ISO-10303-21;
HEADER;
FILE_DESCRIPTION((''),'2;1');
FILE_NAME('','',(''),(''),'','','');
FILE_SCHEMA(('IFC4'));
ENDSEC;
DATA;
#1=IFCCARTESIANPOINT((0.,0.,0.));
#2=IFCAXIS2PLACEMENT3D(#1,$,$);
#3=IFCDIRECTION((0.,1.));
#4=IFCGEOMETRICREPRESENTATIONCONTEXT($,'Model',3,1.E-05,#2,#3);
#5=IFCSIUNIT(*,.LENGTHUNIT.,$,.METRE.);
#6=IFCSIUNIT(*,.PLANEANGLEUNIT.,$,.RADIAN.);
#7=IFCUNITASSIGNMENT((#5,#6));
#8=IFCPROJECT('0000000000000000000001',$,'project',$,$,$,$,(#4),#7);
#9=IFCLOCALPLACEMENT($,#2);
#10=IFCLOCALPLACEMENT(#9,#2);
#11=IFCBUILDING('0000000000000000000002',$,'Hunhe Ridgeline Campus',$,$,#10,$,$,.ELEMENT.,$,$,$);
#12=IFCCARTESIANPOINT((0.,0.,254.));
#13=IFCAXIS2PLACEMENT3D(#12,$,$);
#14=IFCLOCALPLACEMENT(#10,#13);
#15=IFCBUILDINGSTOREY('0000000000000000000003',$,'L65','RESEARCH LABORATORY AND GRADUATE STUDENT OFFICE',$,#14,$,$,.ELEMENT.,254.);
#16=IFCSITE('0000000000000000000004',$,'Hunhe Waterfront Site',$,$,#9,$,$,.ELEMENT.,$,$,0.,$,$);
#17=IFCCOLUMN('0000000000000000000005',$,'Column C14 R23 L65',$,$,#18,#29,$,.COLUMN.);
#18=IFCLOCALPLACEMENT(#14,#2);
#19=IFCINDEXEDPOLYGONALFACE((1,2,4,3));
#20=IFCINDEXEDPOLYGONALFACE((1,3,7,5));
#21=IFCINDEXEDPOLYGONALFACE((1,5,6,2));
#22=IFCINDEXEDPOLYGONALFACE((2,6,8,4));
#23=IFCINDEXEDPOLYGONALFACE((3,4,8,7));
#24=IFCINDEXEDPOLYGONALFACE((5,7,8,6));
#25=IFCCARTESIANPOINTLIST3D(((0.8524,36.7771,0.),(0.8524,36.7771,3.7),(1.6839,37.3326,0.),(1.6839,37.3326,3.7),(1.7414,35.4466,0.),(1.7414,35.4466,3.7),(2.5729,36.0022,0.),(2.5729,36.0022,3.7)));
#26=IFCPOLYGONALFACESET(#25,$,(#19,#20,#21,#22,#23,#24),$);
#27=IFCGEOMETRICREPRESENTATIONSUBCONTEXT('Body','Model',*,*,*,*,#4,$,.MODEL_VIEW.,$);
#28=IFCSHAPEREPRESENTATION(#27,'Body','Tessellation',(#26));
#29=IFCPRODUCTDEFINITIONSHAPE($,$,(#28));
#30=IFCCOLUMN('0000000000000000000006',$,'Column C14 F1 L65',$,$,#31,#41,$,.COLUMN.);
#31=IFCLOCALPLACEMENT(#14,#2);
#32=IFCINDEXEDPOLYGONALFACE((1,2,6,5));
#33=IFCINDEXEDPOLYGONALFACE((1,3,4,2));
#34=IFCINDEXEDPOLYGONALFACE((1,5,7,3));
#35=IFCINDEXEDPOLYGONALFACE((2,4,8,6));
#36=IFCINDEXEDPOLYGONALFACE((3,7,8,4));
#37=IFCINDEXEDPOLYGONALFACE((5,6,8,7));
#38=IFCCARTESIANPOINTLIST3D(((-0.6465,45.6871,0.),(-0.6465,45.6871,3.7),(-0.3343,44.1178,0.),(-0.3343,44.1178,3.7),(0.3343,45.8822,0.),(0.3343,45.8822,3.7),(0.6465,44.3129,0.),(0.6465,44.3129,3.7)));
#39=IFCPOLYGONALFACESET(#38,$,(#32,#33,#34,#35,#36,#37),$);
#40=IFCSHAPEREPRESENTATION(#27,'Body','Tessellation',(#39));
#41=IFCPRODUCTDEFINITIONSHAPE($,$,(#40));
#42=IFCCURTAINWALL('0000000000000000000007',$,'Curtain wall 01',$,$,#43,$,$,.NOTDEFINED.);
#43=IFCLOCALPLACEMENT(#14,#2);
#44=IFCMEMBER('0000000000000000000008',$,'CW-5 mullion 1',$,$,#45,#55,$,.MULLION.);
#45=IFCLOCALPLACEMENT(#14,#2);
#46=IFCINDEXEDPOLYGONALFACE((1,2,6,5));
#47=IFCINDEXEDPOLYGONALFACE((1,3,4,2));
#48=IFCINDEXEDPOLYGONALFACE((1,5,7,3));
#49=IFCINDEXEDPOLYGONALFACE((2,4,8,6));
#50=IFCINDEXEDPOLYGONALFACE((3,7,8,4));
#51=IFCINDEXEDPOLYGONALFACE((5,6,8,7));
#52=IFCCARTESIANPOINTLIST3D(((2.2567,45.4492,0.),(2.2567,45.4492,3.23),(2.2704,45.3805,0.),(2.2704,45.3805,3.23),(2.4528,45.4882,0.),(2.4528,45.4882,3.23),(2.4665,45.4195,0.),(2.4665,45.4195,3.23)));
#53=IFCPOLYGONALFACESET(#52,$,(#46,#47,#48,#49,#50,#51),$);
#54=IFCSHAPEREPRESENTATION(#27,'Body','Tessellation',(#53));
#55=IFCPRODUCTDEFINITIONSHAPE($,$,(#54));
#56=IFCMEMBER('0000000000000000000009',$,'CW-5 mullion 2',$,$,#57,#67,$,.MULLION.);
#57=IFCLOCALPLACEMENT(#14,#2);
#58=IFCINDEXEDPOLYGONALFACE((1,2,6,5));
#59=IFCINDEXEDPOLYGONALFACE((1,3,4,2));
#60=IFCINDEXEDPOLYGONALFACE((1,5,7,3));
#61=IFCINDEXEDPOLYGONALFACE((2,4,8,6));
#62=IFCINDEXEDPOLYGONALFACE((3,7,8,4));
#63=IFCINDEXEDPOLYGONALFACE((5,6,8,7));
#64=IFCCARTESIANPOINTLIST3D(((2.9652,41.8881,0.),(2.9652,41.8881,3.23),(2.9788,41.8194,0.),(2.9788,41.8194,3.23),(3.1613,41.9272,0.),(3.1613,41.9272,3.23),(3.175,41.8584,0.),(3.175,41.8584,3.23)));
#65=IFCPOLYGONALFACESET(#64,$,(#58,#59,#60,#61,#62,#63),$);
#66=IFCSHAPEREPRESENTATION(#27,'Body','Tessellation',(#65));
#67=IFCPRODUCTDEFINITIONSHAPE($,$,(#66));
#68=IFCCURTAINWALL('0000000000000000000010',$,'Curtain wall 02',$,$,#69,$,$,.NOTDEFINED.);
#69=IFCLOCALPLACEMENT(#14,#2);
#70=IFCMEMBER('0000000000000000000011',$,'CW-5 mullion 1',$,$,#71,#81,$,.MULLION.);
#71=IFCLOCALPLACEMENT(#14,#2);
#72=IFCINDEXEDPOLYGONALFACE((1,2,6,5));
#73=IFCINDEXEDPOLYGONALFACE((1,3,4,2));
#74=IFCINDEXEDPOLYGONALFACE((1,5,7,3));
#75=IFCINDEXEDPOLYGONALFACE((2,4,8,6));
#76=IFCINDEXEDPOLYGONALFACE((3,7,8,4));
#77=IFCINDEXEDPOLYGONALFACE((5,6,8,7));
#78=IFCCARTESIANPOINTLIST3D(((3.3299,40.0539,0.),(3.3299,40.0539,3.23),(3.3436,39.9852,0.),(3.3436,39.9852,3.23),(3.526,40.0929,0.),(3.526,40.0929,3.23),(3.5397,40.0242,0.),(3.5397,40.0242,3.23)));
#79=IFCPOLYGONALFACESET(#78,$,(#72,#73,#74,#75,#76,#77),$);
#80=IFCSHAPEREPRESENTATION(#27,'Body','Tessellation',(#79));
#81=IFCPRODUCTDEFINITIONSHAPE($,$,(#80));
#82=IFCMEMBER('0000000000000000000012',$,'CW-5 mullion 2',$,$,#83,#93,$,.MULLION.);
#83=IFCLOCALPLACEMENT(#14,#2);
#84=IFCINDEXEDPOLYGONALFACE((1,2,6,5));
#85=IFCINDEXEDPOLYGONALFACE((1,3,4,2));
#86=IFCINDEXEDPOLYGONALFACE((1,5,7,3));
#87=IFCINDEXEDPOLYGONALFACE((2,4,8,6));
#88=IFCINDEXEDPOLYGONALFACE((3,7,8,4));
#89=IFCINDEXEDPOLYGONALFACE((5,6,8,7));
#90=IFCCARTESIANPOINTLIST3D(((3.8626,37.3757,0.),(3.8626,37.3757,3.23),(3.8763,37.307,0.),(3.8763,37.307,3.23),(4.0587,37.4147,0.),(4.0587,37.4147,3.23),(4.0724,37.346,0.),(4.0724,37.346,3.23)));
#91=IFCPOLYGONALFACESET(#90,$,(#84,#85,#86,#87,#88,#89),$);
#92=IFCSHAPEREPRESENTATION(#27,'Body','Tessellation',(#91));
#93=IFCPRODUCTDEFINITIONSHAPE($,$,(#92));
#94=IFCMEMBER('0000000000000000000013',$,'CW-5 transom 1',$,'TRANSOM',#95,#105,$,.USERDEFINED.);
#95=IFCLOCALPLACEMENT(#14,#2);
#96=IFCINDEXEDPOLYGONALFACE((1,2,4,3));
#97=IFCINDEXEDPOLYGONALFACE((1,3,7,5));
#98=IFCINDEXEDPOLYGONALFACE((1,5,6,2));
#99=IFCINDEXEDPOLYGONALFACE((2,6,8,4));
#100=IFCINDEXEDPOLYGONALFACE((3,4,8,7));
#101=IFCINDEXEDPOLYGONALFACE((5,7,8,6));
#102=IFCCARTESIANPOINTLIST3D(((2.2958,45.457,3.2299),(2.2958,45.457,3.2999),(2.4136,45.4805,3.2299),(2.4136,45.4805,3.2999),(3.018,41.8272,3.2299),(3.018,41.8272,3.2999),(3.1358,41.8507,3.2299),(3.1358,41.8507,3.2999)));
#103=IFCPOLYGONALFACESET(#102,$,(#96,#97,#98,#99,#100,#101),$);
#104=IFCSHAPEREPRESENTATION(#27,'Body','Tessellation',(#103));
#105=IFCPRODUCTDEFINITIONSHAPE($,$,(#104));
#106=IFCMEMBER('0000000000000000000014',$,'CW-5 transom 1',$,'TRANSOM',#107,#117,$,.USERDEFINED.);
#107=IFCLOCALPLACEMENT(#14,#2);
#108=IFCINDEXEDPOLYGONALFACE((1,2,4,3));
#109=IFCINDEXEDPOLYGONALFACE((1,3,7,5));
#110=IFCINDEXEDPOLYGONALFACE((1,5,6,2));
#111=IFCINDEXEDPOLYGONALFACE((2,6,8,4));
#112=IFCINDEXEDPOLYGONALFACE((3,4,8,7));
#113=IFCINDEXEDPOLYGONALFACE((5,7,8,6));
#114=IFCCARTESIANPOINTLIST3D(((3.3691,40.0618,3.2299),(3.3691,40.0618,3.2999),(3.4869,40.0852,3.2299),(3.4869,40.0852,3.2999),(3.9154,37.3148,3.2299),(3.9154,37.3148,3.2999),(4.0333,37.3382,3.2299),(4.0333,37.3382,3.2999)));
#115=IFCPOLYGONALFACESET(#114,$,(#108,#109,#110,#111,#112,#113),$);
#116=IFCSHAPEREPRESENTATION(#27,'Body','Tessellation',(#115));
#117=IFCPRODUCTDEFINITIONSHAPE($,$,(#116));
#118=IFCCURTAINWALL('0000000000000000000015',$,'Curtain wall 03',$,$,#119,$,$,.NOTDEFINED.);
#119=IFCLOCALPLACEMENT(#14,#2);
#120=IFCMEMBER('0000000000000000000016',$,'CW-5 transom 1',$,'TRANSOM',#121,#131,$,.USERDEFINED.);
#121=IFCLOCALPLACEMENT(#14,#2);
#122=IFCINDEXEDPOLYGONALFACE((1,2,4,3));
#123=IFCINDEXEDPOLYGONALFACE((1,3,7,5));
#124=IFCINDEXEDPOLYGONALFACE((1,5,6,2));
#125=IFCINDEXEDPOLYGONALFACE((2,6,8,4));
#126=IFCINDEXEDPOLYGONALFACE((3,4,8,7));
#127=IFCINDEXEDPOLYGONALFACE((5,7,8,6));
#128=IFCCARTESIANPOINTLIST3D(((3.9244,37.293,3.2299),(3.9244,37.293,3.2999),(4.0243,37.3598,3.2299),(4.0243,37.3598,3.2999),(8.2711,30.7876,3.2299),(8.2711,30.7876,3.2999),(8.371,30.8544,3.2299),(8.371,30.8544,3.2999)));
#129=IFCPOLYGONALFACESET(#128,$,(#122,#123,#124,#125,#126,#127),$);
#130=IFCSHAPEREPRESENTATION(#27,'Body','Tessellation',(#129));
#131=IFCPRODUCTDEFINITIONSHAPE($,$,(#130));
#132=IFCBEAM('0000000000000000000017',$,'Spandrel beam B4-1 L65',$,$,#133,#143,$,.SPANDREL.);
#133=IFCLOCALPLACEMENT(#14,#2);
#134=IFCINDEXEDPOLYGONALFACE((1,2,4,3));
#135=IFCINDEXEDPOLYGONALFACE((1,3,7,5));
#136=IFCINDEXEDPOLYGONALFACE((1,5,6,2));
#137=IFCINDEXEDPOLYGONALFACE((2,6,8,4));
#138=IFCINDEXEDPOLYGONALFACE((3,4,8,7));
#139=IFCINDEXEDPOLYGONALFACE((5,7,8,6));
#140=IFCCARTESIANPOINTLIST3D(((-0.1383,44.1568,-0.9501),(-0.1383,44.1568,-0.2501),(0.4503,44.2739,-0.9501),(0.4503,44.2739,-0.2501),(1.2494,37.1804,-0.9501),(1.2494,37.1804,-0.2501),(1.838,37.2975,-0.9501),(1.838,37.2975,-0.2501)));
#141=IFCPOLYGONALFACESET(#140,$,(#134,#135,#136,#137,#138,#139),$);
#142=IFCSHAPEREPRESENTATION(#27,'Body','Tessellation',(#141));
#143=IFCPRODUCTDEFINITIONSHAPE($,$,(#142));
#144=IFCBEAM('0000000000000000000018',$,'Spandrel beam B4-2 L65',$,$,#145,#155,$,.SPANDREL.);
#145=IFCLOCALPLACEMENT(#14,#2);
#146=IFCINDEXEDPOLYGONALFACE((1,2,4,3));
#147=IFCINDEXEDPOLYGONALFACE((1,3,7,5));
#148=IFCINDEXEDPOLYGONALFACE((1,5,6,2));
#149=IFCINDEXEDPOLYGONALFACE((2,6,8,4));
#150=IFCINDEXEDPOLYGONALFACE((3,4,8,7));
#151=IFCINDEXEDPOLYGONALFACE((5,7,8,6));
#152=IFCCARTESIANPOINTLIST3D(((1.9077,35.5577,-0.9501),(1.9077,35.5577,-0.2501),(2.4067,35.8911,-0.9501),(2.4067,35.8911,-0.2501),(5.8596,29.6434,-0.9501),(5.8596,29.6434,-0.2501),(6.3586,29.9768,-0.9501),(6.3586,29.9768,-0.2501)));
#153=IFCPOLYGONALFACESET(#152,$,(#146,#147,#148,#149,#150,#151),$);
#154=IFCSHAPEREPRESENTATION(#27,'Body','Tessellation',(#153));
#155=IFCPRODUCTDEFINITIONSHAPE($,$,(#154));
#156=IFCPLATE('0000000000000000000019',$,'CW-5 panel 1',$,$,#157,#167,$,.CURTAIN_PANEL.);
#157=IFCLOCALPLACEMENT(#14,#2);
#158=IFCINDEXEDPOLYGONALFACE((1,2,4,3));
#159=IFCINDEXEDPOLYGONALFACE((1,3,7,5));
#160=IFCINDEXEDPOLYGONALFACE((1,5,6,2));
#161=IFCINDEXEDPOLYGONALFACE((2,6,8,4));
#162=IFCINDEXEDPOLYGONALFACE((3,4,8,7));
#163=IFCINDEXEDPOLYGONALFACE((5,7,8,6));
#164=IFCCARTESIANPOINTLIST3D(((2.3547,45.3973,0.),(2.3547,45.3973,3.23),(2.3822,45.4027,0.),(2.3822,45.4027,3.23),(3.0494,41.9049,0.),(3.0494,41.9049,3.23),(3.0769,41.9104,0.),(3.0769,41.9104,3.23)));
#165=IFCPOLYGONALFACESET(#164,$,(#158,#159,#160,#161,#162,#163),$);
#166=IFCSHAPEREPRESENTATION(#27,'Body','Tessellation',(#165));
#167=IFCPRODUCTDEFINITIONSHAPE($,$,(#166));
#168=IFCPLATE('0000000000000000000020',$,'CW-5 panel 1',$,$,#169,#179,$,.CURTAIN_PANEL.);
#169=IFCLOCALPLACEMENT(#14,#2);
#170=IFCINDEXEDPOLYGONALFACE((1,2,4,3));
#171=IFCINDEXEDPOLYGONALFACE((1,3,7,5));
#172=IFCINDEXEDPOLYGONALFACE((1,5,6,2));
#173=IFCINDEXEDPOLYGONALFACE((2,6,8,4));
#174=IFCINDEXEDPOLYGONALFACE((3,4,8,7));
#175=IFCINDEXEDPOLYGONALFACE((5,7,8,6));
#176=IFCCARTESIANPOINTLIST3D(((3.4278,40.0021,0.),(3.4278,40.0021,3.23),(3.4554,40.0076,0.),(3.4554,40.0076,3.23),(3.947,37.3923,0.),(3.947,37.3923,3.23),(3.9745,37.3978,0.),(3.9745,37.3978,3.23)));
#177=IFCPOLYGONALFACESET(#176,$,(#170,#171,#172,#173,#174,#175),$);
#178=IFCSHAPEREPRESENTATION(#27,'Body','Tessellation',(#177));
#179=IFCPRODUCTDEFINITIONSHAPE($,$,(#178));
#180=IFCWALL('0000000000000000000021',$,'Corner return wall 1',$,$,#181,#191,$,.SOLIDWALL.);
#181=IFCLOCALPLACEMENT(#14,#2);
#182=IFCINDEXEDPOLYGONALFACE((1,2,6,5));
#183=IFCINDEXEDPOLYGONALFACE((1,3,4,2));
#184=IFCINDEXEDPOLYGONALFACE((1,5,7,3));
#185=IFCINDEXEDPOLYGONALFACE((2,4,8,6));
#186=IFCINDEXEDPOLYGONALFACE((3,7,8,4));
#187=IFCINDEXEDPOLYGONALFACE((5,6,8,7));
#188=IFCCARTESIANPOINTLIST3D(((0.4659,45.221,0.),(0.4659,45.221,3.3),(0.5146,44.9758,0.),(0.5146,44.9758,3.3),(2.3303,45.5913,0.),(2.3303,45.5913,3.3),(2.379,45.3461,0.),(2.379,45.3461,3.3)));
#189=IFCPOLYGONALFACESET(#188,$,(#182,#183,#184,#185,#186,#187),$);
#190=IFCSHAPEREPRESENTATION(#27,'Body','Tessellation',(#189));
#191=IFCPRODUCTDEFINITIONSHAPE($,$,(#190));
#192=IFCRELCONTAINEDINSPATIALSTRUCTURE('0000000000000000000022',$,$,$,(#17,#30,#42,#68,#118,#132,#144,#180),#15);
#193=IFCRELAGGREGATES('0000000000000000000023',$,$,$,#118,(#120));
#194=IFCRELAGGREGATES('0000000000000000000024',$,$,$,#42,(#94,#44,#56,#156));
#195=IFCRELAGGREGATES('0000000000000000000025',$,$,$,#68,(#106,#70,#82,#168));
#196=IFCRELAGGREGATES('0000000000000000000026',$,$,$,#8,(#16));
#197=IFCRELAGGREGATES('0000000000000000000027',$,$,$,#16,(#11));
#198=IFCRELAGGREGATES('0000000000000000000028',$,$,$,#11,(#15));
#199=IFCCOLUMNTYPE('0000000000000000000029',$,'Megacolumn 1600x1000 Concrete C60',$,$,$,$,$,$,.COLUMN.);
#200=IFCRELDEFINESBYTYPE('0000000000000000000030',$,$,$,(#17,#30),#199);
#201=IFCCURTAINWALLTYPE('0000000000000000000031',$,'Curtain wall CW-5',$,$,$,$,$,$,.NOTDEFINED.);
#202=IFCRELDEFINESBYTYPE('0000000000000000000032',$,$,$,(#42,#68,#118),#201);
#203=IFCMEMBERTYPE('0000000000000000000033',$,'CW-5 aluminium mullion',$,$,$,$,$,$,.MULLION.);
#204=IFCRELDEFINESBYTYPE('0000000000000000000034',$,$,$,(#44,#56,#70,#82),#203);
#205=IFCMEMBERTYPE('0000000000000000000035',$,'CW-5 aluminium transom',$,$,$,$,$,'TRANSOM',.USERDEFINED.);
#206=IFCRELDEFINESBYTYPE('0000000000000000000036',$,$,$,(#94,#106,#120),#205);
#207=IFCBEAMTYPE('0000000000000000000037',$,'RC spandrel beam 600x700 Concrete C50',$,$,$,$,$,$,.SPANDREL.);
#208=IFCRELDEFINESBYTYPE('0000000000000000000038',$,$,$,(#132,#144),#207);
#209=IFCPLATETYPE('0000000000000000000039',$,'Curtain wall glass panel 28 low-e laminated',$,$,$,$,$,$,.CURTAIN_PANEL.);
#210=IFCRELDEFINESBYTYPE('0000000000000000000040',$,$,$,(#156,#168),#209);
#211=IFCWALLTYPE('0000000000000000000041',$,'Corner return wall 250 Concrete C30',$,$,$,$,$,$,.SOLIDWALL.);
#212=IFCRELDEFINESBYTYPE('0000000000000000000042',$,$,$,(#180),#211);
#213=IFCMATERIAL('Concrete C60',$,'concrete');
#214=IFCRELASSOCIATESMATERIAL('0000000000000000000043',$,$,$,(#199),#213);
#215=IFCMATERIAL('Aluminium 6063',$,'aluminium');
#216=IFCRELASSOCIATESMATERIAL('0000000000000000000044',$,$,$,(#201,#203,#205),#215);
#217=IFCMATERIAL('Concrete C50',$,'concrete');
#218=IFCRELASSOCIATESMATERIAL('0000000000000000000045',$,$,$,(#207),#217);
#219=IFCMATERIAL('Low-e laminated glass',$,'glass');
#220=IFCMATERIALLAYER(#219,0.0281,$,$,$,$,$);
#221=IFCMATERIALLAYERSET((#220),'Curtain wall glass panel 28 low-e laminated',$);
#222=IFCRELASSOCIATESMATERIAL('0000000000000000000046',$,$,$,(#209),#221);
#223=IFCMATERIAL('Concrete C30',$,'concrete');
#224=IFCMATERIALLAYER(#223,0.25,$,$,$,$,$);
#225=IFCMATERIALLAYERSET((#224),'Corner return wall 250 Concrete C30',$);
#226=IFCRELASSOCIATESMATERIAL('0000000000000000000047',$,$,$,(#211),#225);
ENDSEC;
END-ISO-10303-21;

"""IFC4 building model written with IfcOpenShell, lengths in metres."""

from ifc_helpers import new_model, si_unit, direction, frame, frame_2d, origin, origin_2d, place, context, subcontext, project, spatial, rectangle, extrude, material, layer, layer_set, material_profile, profile_set, type_object, element, aggregate, save


model = new_model("IFC4")

# Units and contexts
model_context = context("Model", 3, precision=1e-05, world=origin(), true_north=direction((0.0, 1.0)))
body_context = subcontext(model_context, "Body", "Model", "MODEL_VIEW")
ifc_project = project(units=[si_unit("LENGTHUNIT", "METRE"), si_unit("PLANEANGLEUNIT", "RADIAN")], contexts=[model_context])

# Site, building, storey
site_placement = place(None, origin())
site = spatial("IfcSite", under=ifc_project, at=site_placement, Name="Hunhe Waterfront Site", CompositionType="ELEMENT", RefElevation=0.0)
building_placement = place(site_placement, origin())
building = spatial("IfcBuilding", under=site, at=building_placement, Name="Hunhe Ridgeline Campus", CompositionType="ELEMENT")
storey_placement = place(building_placement, frame((0.0, 0.0, 254.0)))
storey = spatial("IfcBuildingStorey", under=building, at=storey_placement, Name="L65", Description="RESEARCH LABORATORY AND GRADUATE STUDENT OFFICE", CompositionType="ELEMENT", Elevation=254.0)

# Columns
ifc_material_1 = material(Name="Concrete C60", Category="concrete")
ifc_material_profile_1 = material_profile(ifc_material_1, rectangle(XDim=1.6001, YDim=1.0, at=origin_2d()))
ifc_profile_set_1 = profile_set([ifc_material_profile_1], Name="Concrete C60")
column_type = type_object("IfcColumnType", Name="Megacolumn 1600x1000 Concrete C60", PredefinedType="COLUMN", material=ifc_profile_set_1)
for number, where, z_axis, x_axis, name in (
    (1, (1.7126, 36.3896, 0.0), (0.0, 0.0, 1.0), (-0.55557, 0.83147, 0.0), "Column C14 R23 L65"),
    (2, (0.0, 45.0, 0.0), (0.0, 0.0, 1.0), (-0.19509, 0.980785, 0.0), "Column C14 F1 L65"),
):
    element("IfcColumn", number, at=place(storey_placement, frame(where, z_axis=z_axis, x_axis=x_axis)), inside=storey, type_object=column_type, Name=name, PredefinedType="COLUMN", context=body_context, shape_type="SweptSolid", body=[
        extrude(rectangle(XDim=1.6001, YDim=1.0, at=origin_2d()), origin(), (0.0, 0.0, 1.0), 3.7),
    ])

# Curtain walls, members
ifc_material_2 = material(Name="Aluminium 6063", Category="aluminium")
curtain_wall_type = type_object("IfcCurtainWallType", Name="Curtain wall CW-5", PredefinedType="NOTDEFINED", material=ifc_material_2)
curtain_wall_1_placement = place(storey_placement, origin())
curtain_wall_1 = element("IfcCurtainWall", 3, at=curtain_wall_1_placement, inside=storey, type_object=curtain_wall_type, Name="Curtain wall 01", PredefinedType="NOTDEFINED")
ifc_material_profile_2 = material_profile(ifc_material_2, rectangle(XDim=0.2, YDim=0.0701, at=origin_2d()))
ifc_profile_set_2 = profile_set([ifc_material_profile_2], Name="Aluminium 6063")
member_type_1 = type_object("IfcMemberType", Name="CW-5 aluminium mullion", PredefinedType="MULLION", material=ifc_profile_set_2)
member_1_placement = place(storey_placement, frame((2.3616, 45.4343, 0.0), z_axis=(0.0, 0.0, 1.0), x_axis=(0.980784, 0.195095, 0.0)))
member_1 = element("IfcMember", 4, at=member_1_placement, type_object=member_type_1, Name="CW-5 mullion 1", PredefinedType="MULLION", context=body_context, shape_type="SweptSolid", body=[
    extrude(rectangle(XDim=0.2, YDim=0.0701, at=origin_2d()), origin(), (0.0, 0.0, 1.0), 3.23),
])
member_2_placement = place(storey_placement, frame((3.0701, 41.8733, 0.0), z_axis=(0.0, 0.0, 1.0), x_axis=(0.980784, 0.195095, 0.0)))
member_2 = element("IfcMember", 5, at=member_2_placement, type_object=member_type_1, Name="CW-5 mullion 2", PredefinedType="MULLION", context=body_context, shape_type="SweptSolid", body=[
    extrude(rectangle(XDim=0.2, YDim=0.0701, at=origin_2d()), origin(), (0.0, 0.0, 1.0), 3.23),
])
curtain_wall_2_placement = place(storey_placement, origin())
curtain_wall_2 = element("IfcCurtainWall", 6, at=curtain_wall_2_placement, inside=storey, type_object=curtain_wall_type, Name="Curtain wall 02", PredefinedType="NOTDEFINED")
member_3_placement = place(storey_placement, frame((3.4348, 40.0391, 0.0), z_axis=(0.0, 0.0, 1.0), x_axis=(0.980784, 0.195095, 0.0)))
member_3 = element("IfcMember", 7, at=member_3_placement, type_object=member_type_1, Name="CW-5 mullion 1", PredefinedType="MULLION", context=body_context, shape_type="SweptSolid", body=[
    extrude(rectangle(XDim=0.2, YDim=0.0701, at=origin_2d()), origin(), (0.0, 0.0, 1.0), 3.23),
])
member_4_placement = place(storey_placement, frame((3.9675, 37.3608, 0.0), z_axis=(0.0, 0.0, 1.0), x_axis=(0.980784, 0.195095, 0.0)))
member_4 = element("IfcMember", 8, at=member_4_placement, type_object=member_type_1, Name="CW-5 mullion 2", PredefinedType="MULLION", context=body_context, shape_type="SweptSolid", body=[
    extrude(rectangle(XDim=0.2, YDim=0.0701, at=origin_2d()), origin(), (0.0, 0.0, 1.0), 3.23),
])

# Members
ifc_material_profile_3 = material_profile(ifc_material_2, rectangle(XDim=0.1201, YDim=0.0701, at=origin_2d()))
ifc_profile_set_3 = profile_set([ifc_material_profile_3], Name="Aluminium 6063")
member_type_2 = type_object("IfcMemberType", Name="CW-5 aluminium transom", ElementType="TRANSOM", PredefinedType="USERDEFINED", material=ifc_profile_set_3)
member_5_placement = place(storey_placement, frame((2.3547, 45.4688, 3.2649), z_axis=(0.195127, -0.980778, 0.0), x_axis=(0.980778, 0.195127, 0.0)))
member_5 = element("IfcMember", 9, at=member_5_placement, type_object=member_type_2, Name="CW-5 transom 1", ObjectType="TRANSOM", PredefinedType="USERDEFINED", context=body_context, shape_type="SweptSolid", body=[
    extrude(rectangle(XDim=0.1201, YDim=0.0701, at=origin_2d()), origin(), (0.0, 0.0, 1.0), 3.7009),
])
member_6_placement = place(storey_placement, frame((3.428, 40.0735, 3.2649), z_axis=(0.195077, -0.980788, 0.0), x_axis=(0.980788, 0.195077, 0.0)))
member_6 = element("IfcMember", 10, at=member_6_placement, type_object=member_type_2, Name="CW-5 transom 1", ObjectType="TRANSOM", PredefinedType="USERDEFINED", context=body_context, shape_type="SweptSolid", body=[
    extrude(rectangle(XDim=0.1201, YDim=0.0701, at=origin_2d()), origin(), (0.0, 0.0, 1.0), 2.8008),
])

# Curtain wall, member
curtain_wall_3_placement = place(storey_placement, origin())
curtain_wall_3 = element("IfcCurtainWall", 11, at=curtain_wall_3_placement, inside=storey, type_object=curtain_wall_type, Name="Curtain wall 03", PredefinedType="NOTDEFINED")
member_7_placement = place(storey_placement, frame((3.9744, 37.3264, 3.2649), z_axis=(0.555564, -0.831474, 0.0), x_axis=(0.831474, 0.555564, 0.0)))
member_7 = element("IfcMember", 12, at=member_7_placement, type_object=member_type_2, Name="CW-5 transom 1", ObjectType="TRANSOM", PredefinedType="USERDEFINED", context=body_context, shape_type="SweptSolid", body=[
    extrude(rectangle(XDim=0.1201, YDim=0.0701, at=origin_2d()), origin(), (0.0, 0.0, 1.0), 7.824),
])
aggregate(curtain_wall_3, [member_7])

# Beams
ifc_material_3 = material(Name="Concrete C50", Category="concrete")
ifc_material_profile_4 = material_profile(ifc_material_3, rectangle(XDim=0.6001, YDim=0.7, at=origin_2d()))
ifc_profile_set_4 = profile_set([ifc_material_profile_4], Name="Concrete C50")
beam_type = type_object("IfcBeamType", Name="RC spandrel beam 600x700 Concrete C50", PredefinedType="SPANDREL", material=ifc_profile_set_4)
for number, where, z_axis, x_axis, name in (
    (13, (0.156, 44.2153, -0.6001), (0.195093, -0.980785, 0.0), (0.980785, 0.195093, 0.0), "Spandrel beam B4-1 L65"),
    (14, (2.1572, 35.7244, -0.6001), (0.555579, -0.831464, 0.0), (0.831464, 0.555579, 0.0), "Spandrel beam B4-2 L65"),
):
    element("IfcBeam", number, at=place(storey_placement, frame(where, z_axis=z_axis, x_axis=x_axis)), inside=storey, type_object=beam_type, Name=name, PredefinedType="SPANDREL", context=body_context, shape_type="SweptSolid", body=[
        extrude(rectangle(XDim=0.6001, YDim=0.7, at=origin_2d()), origin(), (0.0, 0.0, 1.0), 7.113),
    ])

# Plates
ifc_material_4 = material(Name="Low-e laminated glass", Category="glass")
ifc_layer_1 = layer(ifc_material_4, 0.0281)
ifc_layer_set_1 = layer_set([ifc_layer_1], Name="Curtain wall glass panel 28 low-e laminated")
plate_type = type_object("IfcPlateType", Name="Curtain wall glass panel 28 low-e laminated", PredefinedType="CURTAIN_PANEL", material=ifc_layer_set_1)
plate_1_placement = place(storey_placement, frame((2.7158, 43.6538, 0.0), z_axis=(0.0, 0.0, 1.0), x_axis=(0.195095, -0.980784, 0.0)))
plate_1 = element("IfcPlate", 15, at=plate_1_placement, type_object=plate_type, Name="CW-5 panel 1", PredefinedType="CURTAIN_PANEL", context=body_context, shape_type="SweptSolid", body=[
    extrude(rectangle(XDim=3.5608, YDim=0.0281, at=origin_2d()), origin(), (0.0, 0.0, 1.0), 3.23),
])
aggregate(curtain_wall_1, [member_5, member_1, member_2, plate_1])
plate_2_placement = place(storey_placement, frame((3.7012, 38.7, 0.0), z_axis=(0.0, 0.0, 1.0), x_axis=(0.195095, -0.980784, 0.0)))
plate_2 = element("IfcPlate", 16, at=plate_2_placement, type_object=plate_type, Name="CW-5 panel 1", PredefinedType="CURTAIN_PANEL", context=body_context, shape_type="SweptSolid", body=[
    extrude(rectangle(XDim=2.6609, YDim=0.0281, at=origin_2d()), origin(), (0.0, 0.0, 1.0), 3.23),
])
aggregate(curtain_wall_2, [member_6, member_3, member_4, plate_2])

# Wall
ifc_material_5 = material(Name="Concrete C30", Category="concrete")
ifc_layer_2 = layer(ifc_material_5, 0.25)
ifc_layer_set_2 = layer_set([ifc_layer_2], Name="Corner return wall 250 Concrete C30")
wall_type_1 = type_object("IfcWallType", Name="Corner return wall 250 Concrete C30", PredefinedType="SOLIDWALL", material=ifc_layer_set_2)
wall_1_placement = place(storey_placement, frame((0.4902, 45.0984, 0.0), z_axis=(0.0, 0.0, 1.0), x_axis=(0.980837, 0.194832, 0.0)))
element("IfcWall", 17, at=wall_1_placement, inside=storey, type_object=wall_type_1, Name="Corner return wall 1", PredefinedType="SOLIDWALL", context=body_context, shape_type="SweptSolid", body=[
    extrude(rectangle(XDim=1.9009, YDim=0.25, at=frame_2d((0.9504, 0.0))), origin(), (0.0, 0.0, 1.0), 3.3),
])

save(model, "model.ifc")
